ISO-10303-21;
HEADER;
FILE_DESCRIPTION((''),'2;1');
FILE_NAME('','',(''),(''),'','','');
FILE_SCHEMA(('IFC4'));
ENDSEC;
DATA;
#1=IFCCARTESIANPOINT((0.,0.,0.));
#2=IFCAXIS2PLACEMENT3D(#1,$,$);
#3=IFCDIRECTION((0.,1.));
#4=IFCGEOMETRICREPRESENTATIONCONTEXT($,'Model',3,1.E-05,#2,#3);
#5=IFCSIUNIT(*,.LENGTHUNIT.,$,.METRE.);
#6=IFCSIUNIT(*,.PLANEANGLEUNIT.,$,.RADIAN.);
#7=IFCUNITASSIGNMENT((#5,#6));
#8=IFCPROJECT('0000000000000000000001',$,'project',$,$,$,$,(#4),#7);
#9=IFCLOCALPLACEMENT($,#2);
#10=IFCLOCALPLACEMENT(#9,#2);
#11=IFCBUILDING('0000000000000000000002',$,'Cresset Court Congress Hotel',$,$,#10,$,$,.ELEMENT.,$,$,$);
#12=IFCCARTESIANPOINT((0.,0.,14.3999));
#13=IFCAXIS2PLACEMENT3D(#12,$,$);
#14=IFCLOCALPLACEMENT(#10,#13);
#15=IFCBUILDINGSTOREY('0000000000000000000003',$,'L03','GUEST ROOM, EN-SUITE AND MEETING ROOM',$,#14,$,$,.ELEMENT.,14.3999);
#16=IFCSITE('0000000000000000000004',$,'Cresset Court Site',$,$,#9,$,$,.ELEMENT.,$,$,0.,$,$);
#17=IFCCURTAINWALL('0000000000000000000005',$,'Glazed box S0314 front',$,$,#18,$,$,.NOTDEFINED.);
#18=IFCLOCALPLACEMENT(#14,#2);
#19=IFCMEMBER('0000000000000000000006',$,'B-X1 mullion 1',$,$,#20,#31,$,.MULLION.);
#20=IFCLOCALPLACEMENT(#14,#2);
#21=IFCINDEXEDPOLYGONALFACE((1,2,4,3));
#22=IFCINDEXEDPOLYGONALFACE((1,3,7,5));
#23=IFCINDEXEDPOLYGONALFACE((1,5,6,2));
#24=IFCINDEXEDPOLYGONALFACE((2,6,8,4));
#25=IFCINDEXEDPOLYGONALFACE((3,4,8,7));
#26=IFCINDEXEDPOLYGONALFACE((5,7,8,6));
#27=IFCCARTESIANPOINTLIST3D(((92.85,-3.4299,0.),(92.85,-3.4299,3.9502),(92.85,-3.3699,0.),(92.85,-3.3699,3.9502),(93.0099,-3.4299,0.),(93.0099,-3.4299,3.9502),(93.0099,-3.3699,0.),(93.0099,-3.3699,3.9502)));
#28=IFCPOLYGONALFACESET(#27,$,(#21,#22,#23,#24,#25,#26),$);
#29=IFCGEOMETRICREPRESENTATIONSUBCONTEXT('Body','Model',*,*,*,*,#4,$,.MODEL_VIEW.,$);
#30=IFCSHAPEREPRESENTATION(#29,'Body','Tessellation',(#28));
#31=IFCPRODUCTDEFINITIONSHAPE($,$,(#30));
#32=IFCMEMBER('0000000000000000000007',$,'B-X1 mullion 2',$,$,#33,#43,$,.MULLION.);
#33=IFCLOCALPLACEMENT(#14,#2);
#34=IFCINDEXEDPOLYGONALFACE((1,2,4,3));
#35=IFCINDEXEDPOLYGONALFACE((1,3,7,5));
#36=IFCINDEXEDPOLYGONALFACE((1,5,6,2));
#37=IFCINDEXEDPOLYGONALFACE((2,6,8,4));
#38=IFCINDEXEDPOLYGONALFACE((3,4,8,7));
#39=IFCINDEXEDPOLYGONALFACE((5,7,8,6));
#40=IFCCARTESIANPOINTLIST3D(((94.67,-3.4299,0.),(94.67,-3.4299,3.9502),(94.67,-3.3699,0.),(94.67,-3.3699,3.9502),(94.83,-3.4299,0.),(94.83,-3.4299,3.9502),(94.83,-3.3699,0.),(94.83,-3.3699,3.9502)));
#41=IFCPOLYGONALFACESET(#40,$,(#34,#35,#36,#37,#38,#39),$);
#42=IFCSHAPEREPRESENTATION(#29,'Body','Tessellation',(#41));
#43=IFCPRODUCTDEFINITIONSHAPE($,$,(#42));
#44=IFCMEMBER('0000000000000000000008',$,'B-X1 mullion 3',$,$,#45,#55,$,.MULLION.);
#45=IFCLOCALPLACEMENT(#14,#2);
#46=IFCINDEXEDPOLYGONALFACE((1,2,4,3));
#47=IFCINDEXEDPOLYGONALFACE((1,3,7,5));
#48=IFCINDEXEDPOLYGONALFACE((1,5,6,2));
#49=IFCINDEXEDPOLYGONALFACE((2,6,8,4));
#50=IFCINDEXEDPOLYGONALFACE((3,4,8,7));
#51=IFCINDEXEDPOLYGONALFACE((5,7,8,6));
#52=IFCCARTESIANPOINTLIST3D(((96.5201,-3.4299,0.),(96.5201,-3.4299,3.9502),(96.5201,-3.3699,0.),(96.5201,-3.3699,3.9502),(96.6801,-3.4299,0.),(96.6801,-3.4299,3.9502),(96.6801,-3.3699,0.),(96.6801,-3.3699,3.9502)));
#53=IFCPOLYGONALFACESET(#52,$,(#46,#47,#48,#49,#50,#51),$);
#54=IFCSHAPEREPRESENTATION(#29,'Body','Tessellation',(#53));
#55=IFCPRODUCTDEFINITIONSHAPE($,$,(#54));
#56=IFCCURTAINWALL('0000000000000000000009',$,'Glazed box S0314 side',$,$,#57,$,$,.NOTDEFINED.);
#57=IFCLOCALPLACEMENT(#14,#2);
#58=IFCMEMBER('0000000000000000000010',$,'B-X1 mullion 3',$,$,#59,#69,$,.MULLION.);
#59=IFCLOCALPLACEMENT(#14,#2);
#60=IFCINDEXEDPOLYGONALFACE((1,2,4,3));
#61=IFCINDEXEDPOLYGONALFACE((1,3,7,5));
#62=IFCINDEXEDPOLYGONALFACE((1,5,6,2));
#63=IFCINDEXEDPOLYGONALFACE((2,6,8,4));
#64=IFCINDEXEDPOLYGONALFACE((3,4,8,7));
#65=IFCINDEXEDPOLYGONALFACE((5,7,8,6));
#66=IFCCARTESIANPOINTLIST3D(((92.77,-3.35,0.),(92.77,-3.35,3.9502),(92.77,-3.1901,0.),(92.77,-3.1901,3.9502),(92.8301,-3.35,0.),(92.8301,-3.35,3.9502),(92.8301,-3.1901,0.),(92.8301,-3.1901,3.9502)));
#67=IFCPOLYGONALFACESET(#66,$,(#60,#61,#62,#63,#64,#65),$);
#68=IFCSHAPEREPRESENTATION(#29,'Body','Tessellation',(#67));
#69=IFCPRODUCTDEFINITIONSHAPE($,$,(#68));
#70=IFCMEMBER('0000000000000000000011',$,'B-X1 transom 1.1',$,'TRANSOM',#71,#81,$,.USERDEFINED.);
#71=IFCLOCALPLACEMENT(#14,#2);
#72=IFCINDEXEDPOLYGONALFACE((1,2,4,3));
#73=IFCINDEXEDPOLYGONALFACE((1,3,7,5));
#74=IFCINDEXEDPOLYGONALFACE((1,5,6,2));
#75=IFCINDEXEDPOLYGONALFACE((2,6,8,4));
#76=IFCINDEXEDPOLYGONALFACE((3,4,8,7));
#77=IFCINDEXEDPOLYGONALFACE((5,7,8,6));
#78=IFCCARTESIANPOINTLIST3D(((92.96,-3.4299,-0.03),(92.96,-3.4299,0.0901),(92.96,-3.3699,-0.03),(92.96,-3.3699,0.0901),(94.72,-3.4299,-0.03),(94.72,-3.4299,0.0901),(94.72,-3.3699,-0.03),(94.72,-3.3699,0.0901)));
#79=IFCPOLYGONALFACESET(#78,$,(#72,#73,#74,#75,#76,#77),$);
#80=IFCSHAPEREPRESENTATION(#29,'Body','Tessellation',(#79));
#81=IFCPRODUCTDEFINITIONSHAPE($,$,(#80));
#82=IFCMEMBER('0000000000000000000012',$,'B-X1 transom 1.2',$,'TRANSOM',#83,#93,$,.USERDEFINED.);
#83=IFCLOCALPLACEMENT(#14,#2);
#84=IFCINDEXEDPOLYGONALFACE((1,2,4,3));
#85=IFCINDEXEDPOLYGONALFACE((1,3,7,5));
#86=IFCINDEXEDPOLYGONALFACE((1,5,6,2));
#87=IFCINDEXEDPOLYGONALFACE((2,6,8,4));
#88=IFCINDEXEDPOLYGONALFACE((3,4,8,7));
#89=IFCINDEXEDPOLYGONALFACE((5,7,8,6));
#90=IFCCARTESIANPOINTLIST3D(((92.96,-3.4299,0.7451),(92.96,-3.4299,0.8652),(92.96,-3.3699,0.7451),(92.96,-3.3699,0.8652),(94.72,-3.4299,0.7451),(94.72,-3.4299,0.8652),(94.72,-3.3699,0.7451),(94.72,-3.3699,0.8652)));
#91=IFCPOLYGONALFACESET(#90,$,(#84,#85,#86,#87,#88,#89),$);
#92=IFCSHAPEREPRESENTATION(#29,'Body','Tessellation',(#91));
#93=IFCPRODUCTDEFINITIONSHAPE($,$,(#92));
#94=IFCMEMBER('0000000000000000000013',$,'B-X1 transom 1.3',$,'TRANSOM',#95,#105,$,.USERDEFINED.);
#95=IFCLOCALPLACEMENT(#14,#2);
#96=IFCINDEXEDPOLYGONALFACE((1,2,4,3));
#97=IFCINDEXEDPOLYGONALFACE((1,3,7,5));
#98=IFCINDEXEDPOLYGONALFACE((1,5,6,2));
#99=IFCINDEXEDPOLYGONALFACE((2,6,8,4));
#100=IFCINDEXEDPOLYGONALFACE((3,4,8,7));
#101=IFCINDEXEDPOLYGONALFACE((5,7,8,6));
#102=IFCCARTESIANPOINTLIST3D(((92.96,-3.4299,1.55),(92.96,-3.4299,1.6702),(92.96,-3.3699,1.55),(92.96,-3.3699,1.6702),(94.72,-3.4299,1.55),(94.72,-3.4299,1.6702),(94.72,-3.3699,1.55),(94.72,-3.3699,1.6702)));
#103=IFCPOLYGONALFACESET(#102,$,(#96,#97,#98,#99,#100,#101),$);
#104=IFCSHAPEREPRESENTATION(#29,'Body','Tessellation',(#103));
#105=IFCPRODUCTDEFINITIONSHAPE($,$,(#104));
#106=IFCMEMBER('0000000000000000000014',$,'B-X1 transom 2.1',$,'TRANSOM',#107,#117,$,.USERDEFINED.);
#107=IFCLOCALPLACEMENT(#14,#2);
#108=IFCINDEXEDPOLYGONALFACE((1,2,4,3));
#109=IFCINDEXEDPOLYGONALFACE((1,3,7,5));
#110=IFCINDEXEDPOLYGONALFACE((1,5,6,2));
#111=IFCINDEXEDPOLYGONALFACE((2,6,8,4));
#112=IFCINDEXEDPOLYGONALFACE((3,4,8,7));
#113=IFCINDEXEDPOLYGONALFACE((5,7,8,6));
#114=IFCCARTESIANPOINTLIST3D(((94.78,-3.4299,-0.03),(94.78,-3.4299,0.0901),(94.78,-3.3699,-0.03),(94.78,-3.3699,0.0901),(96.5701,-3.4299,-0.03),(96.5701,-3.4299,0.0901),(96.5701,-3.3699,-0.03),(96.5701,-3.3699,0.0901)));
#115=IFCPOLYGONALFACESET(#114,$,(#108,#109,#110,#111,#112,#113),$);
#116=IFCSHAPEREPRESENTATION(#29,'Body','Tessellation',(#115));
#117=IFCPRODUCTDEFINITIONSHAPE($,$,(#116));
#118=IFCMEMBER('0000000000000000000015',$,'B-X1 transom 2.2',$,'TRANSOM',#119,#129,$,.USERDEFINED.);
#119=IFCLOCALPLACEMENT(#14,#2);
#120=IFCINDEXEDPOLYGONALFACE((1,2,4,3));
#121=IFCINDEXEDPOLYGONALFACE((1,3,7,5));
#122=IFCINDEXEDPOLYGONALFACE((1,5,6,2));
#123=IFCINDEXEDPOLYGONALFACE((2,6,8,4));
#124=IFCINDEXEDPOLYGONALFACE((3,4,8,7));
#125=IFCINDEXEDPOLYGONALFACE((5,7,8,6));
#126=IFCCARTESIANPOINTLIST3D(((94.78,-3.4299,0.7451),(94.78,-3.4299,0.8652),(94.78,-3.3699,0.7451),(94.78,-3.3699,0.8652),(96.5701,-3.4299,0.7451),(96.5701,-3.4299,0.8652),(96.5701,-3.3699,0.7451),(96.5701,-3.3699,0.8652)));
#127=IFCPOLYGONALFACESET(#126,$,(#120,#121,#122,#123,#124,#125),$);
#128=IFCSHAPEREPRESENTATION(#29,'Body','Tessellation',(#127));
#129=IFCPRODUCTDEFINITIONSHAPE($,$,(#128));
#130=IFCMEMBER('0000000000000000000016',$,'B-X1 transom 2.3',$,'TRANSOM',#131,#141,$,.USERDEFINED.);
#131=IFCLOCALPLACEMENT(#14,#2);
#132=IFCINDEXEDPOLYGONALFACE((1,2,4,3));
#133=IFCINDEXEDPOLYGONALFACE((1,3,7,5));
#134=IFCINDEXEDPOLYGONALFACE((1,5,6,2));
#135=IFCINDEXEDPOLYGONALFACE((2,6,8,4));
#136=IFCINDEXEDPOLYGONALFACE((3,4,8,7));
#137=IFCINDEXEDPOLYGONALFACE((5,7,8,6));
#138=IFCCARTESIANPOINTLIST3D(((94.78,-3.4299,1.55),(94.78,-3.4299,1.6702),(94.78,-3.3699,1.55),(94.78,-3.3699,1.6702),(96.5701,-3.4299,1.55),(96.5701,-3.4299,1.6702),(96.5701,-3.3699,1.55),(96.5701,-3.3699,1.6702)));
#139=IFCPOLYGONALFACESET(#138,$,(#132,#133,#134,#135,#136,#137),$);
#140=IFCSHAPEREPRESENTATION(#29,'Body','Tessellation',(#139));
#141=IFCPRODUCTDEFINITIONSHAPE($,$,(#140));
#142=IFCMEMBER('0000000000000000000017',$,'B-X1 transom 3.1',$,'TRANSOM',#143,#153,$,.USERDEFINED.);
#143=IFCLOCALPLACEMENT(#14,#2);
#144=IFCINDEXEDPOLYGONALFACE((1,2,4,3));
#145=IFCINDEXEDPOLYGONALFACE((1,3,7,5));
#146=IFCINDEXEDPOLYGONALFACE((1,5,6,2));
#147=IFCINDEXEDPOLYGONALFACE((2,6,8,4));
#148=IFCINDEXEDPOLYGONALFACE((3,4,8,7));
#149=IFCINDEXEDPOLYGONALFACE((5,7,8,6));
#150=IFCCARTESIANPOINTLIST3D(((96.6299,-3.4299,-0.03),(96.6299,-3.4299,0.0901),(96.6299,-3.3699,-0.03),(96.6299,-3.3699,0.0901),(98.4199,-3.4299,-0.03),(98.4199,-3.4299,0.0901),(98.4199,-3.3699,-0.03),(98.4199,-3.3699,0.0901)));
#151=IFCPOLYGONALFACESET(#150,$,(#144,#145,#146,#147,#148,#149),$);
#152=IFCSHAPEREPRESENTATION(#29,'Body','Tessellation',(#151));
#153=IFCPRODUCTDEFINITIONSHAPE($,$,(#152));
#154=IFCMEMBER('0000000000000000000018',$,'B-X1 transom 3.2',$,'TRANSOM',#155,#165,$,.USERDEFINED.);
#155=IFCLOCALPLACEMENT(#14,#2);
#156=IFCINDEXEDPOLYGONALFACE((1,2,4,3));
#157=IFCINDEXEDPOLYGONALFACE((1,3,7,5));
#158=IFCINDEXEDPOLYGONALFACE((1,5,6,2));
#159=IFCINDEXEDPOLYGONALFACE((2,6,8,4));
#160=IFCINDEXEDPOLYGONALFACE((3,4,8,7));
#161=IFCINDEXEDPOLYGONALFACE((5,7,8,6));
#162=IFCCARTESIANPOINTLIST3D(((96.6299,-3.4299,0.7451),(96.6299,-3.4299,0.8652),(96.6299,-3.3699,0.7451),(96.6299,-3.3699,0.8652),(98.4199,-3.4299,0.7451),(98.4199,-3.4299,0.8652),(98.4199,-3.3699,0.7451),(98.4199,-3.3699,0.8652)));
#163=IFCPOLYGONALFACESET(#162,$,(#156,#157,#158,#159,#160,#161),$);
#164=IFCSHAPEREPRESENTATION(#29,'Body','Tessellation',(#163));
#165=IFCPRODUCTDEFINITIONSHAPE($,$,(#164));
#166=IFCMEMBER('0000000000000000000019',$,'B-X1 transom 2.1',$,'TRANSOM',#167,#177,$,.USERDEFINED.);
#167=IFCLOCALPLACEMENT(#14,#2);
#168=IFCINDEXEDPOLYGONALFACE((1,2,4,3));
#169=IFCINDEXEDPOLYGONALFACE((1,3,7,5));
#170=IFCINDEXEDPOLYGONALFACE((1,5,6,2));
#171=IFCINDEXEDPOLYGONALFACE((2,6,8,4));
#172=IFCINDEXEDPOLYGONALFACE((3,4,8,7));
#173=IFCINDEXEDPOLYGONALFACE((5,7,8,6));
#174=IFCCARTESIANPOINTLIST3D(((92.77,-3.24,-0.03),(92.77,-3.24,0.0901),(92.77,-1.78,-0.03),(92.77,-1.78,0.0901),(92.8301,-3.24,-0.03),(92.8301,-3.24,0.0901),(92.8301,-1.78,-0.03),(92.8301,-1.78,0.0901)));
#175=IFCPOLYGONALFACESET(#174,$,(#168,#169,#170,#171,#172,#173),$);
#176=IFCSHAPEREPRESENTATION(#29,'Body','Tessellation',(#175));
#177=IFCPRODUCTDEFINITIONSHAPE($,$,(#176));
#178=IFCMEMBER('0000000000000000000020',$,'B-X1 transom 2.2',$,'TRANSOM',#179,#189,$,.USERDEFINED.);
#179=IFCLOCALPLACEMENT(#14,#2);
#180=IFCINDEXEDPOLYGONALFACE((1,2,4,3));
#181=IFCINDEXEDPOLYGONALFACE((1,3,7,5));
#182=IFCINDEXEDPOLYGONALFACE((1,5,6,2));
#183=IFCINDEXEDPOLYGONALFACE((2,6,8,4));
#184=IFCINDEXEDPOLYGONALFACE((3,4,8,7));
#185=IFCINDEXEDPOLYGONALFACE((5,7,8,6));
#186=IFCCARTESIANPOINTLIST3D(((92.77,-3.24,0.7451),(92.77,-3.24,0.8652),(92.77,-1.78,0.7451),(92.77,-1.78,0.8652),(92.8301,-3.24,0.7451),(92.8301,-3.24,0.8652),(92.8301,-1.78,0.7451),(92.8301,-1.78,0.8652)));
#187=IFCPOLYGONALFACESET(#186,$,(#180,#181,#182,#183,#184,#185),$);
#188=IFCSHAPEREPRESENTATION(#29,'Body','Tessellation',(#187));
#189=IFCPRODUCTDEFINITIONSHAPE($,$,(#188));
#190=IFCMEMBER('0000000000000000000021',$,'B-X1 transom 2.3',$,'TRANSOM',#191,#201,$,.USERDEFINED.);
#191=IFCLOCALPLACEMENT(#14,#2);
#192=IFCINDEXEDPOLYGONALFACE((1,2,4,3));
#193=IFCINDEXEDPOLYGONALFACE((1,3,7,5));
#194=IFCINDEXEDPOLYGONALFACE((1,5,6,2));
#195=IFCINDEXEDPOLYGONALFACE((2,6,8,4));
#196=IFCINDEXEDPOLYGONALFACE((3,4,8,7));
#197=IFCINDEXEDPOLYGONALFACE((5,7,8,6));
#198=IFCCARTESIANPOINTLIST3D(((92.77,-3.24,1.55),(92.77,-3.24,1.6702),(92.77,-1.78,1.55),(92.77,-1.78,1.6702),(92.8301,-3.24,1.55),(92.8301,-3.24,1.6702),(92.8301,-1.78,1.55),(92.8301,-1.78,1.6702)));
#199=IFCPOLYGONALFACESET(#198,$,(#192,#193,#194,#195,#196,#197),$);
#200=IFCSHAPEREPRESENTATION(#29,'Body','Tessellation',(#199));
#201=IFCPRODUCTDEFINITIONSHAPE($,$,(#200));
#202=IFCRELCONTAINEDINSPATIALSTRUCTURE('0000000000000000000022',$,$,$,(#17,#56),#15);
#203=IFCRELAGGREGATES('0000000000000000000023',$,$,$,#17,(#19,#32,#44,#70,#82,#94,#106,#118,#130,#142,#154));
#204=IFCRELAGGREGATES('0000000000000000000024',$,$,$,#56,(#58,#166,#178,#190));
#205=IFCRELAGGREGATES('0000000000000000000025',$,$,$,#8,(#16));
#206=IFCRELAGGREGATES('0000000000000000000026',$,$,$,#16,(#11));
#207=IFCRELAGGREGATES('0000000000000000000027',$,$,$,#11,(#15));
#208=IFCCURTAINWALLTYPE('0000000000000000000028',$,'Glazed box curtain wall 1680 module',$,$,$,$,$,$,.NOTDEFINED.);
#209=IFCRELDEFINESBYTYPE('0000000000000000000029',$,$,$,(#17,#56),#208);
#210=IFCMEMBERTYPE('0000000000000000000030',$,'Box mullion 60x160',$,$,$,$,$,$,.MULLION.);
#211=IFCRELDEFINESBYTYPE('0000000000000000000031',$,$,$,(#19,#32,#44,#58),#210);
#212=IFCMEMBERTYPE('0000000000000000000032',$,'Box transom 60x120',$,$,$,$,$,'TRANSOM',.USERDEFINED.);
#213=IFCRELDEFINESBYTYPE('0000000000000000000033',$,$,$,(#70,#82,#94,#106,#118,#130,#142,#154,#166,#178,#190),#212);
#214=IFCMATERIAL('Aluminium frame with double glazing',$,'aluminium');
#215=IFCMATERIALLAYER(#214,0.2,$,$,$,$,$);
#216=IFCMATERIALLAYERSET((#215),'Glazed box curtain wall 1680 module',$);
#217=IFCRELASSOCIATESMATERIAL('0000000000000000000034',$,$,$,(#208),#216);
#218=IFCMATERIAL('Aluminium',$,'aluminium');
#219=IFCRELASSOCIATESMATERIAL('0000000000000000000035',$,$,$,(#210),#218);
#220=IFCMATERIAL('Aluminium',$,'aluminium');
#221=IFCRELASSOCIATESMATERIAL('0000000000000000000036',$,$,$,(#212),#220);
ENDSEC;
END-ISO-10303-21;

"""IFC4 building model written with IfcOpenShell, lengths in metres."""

from ifc_helpers import new_model, si_unit, direction, frame, origin, origin_2d, place, context, subcontext, project, spatial, rectangle, extrude, material, layer, layer_set, material_profile, profile_set, type_object, element, aggregate, save


model = new_model("IFC4")

# Units and contexts
model_context = context("Model", 3, precision=1e-05, world=origin(), true_north=direction((0.0, 1.0)))
body_context = subcontext(model_context, "Body", "Model", "MODEL_VIEW")
ifc_project = project(units=[si_unit("LENGTHUNIT", "METRE"), si_unit("PLANEANGLEUNIT", "RADIAN")], contexts=[model_context])

# Site, building, storey
site_placement = place(None, origin())
site = spatial("IfcSite", under=ifc_project, at=site_placement, Name="Cresset Court Site", CompositionType="ELEMENT", RefElevation=0.0)
building_placement = place(site_placement, origin())
building = spatial("IfcBuilding", under=site, at=building_placement, Name="Cresset Court Congress Hotel", CompositionType="ELEMENT")
storey_placement = place(building_placement, frame((0.0, 0.0, 14.3999)))
storey = spatial("IfcBuildingStorey", under=building, at=storey_placement, Name="L03", Description="GUEST ROOM, EN-SUITE AND MEETING ROOM", CompositionType="ELEMENT", Elevation=14.3999)

# Curtain wall, members
ifc_material_1 = material(Name="Aluminium frame with double glazing", Category="aluminium")
ifc_layer_1 = layer(ifc_material_1, 0.2)
ifc_layer_set_1 = layer_set([ifc_layer_1], Name="Glazed box curtain wall 1680 module")
curtain_wall_type = type_object("IfcCurtainWallType", Name="Glazed box curtain wall 1680 module", PredefinedType="NOTDEFINED", material=ifc_layer_set_1)
curtain_wall_1_placement = place(storey_placement, origin())
curtain_wall_1 = element("IfcCurtainWall", 1, at=curtain_wall_1_placement, inside=storey, type_object=curtain_wall_type, Name="Glazed box S0314 front", PredefinedType="NOTDEFINED")
ifc_material_2 = material(Name="Aluminium", Category="aluminium")
ifc_material_profile_1 = material_profile(ifc_material_2, rectangle(XDim=0.0601, YDim=0.1599, at=origin_2d()), Name="Box mullion 60x160")
ifc_profile_set_1 = profile_set([ifc_material_profile_1], Name="Aluminium")
member_type_1 = type_object("IfcMemberType", Name="Box mullion 60x160", PredefinedType="MULLION", material=ifc_profile_set_1)
member_1_placement = place(storey_placement, frame((92.9299, -3.3999, 0.0), z_axis=(0.0, 0.0, 1.0), x_axis=(0.0, 1.0, 0.0)))
member_1 = element("IfcMember", 2, at=member_1_placement, type_object=member_type_1, Name="B-X1 mullion 1", PredefinedType="MULLION", context=body_context, shape_type="SweptSolid", body=[
    extrude(rectangle(XDim=0.0601, YDim=0.1599, at=origin_2d()), origin(), (0.0, 0.0, 1.0), 3.9502),
])
member_2_placement = place(storey_placement, frame((94.75, -3.3999, 0.0), z_axis=(0.0, 0.0, 1.0), x_axis=(0.0, 1.0, 0.0)))
member_2 = element("IfcMember", 3, at=member_2_placement, type_object=member_type_1, Name="B-X1 mullion 2", PredefinedType="MULLION", context=body_context, shape_type="SweptSolid", body=[
    extrude(rectangle(XDim=0.0601, YDim=0.1599, at=origin_2d()), origin(), (0.0, 0.0, 1.0), 3.9502),
])
member_3_placement = place(storey_placement, frame((96.6001, -3.3999, 0.0), z_axis=(0.0, 0.0, 1.0), x_axis=(0.0, 1.0, 0.0)))
member_3 = element("IfcMember", 4, at=member_3_placement, type_object=member_type_1, Name="B-X1 mullion 3", PredefinedType="MULLION", context=body_context, shape_type="SweptSolid", body=[
    extrude(rectangle(XDim=0.0601, YDim=0.1599, at=origin_2d()), origin(), (0.0, 0.0, 1.0), 3.9502),
])

# Curtain wall, member
curtain_wall_2_placement = place(storey_placement, origin())
curtain_wall_2 = element("IfcCurtainWall", 5, at=curtain_wall_2_placement, inside=storey, type_object=curtain_wall_type, Name="Glazed box S0314 side", PredefinedType="NOTDEFINED")
member_4_placement = place(storey_placement, frame((92.8, -3.27, 0.0), z_axis=(0.0, 0.0, 1.0), x_axis=(1.0, 0.0, 0.0)))
member_4 = element("IfcMember", 6, at=member_4_placement, type_object=member_type_1, Name="B-X1 mullion 3", PredefinedType="MULLION", context=body_context, shape_type="SweptSolid", body=[
    extrude(rectangle(XDim=0.0601, YDim=0.1599, at=origin_2d()), origin(), (0.0, 0.0, 1.0), 3.9502),
])

# Members
ifc_material_3 = material(Name="Aluminium", Category="aluminium")
ifc_material_profile_2 = material_profile(ifc_material_3, rectangle(XDim=0.0601, YDim=0.1201, at=origin_2d()), Name="Box transom 60x120")
ifc_profile_set_2 = profile_set([ifc_material_profile_2], Name="Aluminium")
member_type_2 = type_object("IfcMemberType", Name="Box transom 60x120", ElementType="TRANSOM", PredefinedType="USERDEFINED", material=ifc_profile_set_2)
member_5_placement = place(storey_placement, frame((92.96, -3.3999, 0.03), z_axis=(1.0, 0.0, 0.0), x_axis=(0.0, 1.0, 0.0)))
member_5 = element("IfcMember", 7, at=member_5_placement, type_object=member_type_2, Name="B-X1 transom 1.1", ObjectType="TRANSOM", PredefinedType="USERDEFINED", context=body_context, shape_type="SweptSolid", body=[
    extrude(rectangle(XDim=0.0601, YDim=0.1201, at=origin_2d()), origin(), (0.0, 0.0, 1.0), 1.76),
])
member_6_placement = place(storey_placement, frame((92.96, -3.3999, 0.8052), z_axis=(1.0, 0.0, 0.0), x_axis=(0.0, 1.0, 0.0)))
member_6 = element("IfcMember", 8, at=member_6_placement, type_object=member_type_2, Name="B-X1 transom 1.2", ObjectType="TRANSOM", PredefinedType="USERDEFINED", context=body_context, shape_type="SweptSolid", body=[
    extrude(rectangle(XDim=0.0601, YDim=0.1201, at=origin_2d()), origin(), (0.0, 0.0, 1.0), 1.76),
])
member_7_placement = place(storey_placement, frame((92.96, -3.3999, 1.6101), z_axis=(1.0, 0.0, 0.0), x_axis=(0.0, 1.0, 0.0)))
member_7 = element("IfcMember", 9, at=member_7_placement, type_object=member_type_2, Name="B-X1 transom 1.3", ObjectType="TRANSOM", PredefinedType="USERDEFINED", context=body_context, shape_type="SweptSolid", body=[
    extrude(rectangle(XDim=0.0601, YDim=0.1201, at=origin_2d()), origin(), (0.0, 0.0, 1.0), 1.76),
])
member_8_placement = place(storey_placement, frame((94.78, -3.3999, 0.03), z_axis=(1.0, 0.0, 0.0), x_axis=(0.0, 1.0, 0.0)))
member_8 = element("IfcMember", 10, at=member_8_placement, type_object=member_type_2, Name="B-X1 transom 2.1", ObjectType="TRANSOM", PredefinedType="USERDEFINED", context=body_context, shape_type="SweptSolid", body=[
    extrude(rectangle(XDim=0.0601, YDim=0.1201, at=origin_2d()), origin(), (0.0, 0.0, 1.0), 1.79),
])
member_9_placement = place(storey_placement, frame((94.78, -3.3999, 0.8052), z_axis=(1.0, 0.0, 0.0), x_axis=(0.0, 1.0, 0.0)))
member_9 = element("IfcMember", 11, at=member_9_placement, type_object=member_type_2, Name="B-X1 transom 2.2", ObjectType="TRANSOM", PredefinedType="USERDEFINED", context=body_context, shape_type="SweptSolid", body=[
    extrude(rectangle(XDim=0.0601, YDim=0.1201, at=origin_2d()), origin(), (0.0, 0.0, 1.0), 1.79),
])
member_10_placement = place(storey_placement, frame((94.78, -3.3999, 1.6101), z_axis=(1.0, 0.0, 0.0), x_axis=(0.0, 1.0, 0.0)))
member_10 = element("IfcMember", 12, at=member_10_placement, type_object=member_type_2, Name="B-X1 transom 2.3", ObjectType="TRANSOM", PredefinedType="USERDEFINED", context=body_context, shape_type="SweptSolid", body=[
    extrude(rectangle(XDim=0.0601, YDim=0.1201, at=origin_2d()), origin(), (0.0, 0.0, 1.0), 1.79),
])
member_11_placement = place(storey_placement, frame((96.6299, -3.3999, 0.03), z_axis=(1.0, 0.0, 0.0), x_axis=(0.0, 1.0, 0.0)))
member_11 = element("IfcMember", 13, at=member_11_placement, type_object=member_type_2, Name="B-X1 transom 3.1", ObjectType="TRANSOM", PredefinedType="USERDEFINED", context=body_context, shape_type="SweptSolid", body=[
    extrude(rectangle(XDim=0.0601, YDim=0.1201, at=origin_2d()), origin(), (0.0, 0.0, 1.0), 1.79),
])
member_12_placement = place(storey_placement, frame((96.6299, -3.3999, 0.8052), z_axis=(1.0, 0.0, 0.0), x_axis=(0.0, 1.0, 0.0)))
member_12 = element("IfcMember", 14, at=member_12_placement, type_object=member_type_2, Name="B-X1 transom 3.2", ObjectType="TRANSOM", PredefinedType="USERDEFINED", context=body_context, shape_type="SweptSolid", body=[
    extrude(rectangle(XDim=0.0601, YDim=0.1201, at=origin_2d()), origin(), (0.0, 0.0, 1.0), 1.79),
])
member_13_placement = place(storey_placement, frame((92.8, -1.78, 0.03), z_axis=(0.0, -1.0, 0.0), x_axis=(1.0, 0.0, 0.0)))
member_13 = element("IfcMember", 15, at=member_13_placement, type_object=member_type_2, Name="B-X1 transom 2.1", ObjectType="TRANSOM", PredefinedType="USERDEFINED", context=body_context, shape_type="SweptSolid", body=[
    extrude(rectangle(XDim=0.0601, YDim=0.1201, at=origin_2d()), origin(), (0.0, 0.0, 1.0), 1.46),
])
member_14_placement = place(storey_placement, frame((92.8, -1.78, 0.8052), z_axis=(0.0, -1.0, 0.0), x_axis=(1.0, 0.0, 0.0)))
member_14 = element("IfcMember", 16, at=member_14_placement, type_object=member_type_2, Name="B-X1 transom 2.2", ObjectType="TRANSOM", PredefinedType="USERDEFINED", context=body_context, shape_type="SweptSolid", body=[
    extrude(rectangle(XDim=0.0601, YDim=0.1201, at=origin_2d()), origin(), (0.0, 0.0, 1.0), 1.46),
])
member_15_placement = place(storey_placement, frame((92.8, -1.78, 1.6101), z_axis=(0.0, -1.0, 0.0), x_axis=(1.0, 0.0, 0.0)))
member_15 = element("IfcMember", 17, at=member_15_placement, type_object=member_type_2, Name="B-X1 transom 2.3", ObjectType="TRANSOM", PredefinedType="USERDEFINED", context=body_context, shape_type="SweptSolid", body=[
    extrude(rectangle(XDim=0.0601, YDim=0.1201, at=origin_2d()), origin(), (0.0, 0.0, 1.0), 1.46),
])

aggregate(curtain_wall_1, [member_1, member_2, member_3, member_5, member_6, member_7, member_8, member_9, member_10, member_11, member_12])
aggregate(curtain_wall_2, [member_4, member_13, member_14, member_15])

save(model, "model.ifc")
